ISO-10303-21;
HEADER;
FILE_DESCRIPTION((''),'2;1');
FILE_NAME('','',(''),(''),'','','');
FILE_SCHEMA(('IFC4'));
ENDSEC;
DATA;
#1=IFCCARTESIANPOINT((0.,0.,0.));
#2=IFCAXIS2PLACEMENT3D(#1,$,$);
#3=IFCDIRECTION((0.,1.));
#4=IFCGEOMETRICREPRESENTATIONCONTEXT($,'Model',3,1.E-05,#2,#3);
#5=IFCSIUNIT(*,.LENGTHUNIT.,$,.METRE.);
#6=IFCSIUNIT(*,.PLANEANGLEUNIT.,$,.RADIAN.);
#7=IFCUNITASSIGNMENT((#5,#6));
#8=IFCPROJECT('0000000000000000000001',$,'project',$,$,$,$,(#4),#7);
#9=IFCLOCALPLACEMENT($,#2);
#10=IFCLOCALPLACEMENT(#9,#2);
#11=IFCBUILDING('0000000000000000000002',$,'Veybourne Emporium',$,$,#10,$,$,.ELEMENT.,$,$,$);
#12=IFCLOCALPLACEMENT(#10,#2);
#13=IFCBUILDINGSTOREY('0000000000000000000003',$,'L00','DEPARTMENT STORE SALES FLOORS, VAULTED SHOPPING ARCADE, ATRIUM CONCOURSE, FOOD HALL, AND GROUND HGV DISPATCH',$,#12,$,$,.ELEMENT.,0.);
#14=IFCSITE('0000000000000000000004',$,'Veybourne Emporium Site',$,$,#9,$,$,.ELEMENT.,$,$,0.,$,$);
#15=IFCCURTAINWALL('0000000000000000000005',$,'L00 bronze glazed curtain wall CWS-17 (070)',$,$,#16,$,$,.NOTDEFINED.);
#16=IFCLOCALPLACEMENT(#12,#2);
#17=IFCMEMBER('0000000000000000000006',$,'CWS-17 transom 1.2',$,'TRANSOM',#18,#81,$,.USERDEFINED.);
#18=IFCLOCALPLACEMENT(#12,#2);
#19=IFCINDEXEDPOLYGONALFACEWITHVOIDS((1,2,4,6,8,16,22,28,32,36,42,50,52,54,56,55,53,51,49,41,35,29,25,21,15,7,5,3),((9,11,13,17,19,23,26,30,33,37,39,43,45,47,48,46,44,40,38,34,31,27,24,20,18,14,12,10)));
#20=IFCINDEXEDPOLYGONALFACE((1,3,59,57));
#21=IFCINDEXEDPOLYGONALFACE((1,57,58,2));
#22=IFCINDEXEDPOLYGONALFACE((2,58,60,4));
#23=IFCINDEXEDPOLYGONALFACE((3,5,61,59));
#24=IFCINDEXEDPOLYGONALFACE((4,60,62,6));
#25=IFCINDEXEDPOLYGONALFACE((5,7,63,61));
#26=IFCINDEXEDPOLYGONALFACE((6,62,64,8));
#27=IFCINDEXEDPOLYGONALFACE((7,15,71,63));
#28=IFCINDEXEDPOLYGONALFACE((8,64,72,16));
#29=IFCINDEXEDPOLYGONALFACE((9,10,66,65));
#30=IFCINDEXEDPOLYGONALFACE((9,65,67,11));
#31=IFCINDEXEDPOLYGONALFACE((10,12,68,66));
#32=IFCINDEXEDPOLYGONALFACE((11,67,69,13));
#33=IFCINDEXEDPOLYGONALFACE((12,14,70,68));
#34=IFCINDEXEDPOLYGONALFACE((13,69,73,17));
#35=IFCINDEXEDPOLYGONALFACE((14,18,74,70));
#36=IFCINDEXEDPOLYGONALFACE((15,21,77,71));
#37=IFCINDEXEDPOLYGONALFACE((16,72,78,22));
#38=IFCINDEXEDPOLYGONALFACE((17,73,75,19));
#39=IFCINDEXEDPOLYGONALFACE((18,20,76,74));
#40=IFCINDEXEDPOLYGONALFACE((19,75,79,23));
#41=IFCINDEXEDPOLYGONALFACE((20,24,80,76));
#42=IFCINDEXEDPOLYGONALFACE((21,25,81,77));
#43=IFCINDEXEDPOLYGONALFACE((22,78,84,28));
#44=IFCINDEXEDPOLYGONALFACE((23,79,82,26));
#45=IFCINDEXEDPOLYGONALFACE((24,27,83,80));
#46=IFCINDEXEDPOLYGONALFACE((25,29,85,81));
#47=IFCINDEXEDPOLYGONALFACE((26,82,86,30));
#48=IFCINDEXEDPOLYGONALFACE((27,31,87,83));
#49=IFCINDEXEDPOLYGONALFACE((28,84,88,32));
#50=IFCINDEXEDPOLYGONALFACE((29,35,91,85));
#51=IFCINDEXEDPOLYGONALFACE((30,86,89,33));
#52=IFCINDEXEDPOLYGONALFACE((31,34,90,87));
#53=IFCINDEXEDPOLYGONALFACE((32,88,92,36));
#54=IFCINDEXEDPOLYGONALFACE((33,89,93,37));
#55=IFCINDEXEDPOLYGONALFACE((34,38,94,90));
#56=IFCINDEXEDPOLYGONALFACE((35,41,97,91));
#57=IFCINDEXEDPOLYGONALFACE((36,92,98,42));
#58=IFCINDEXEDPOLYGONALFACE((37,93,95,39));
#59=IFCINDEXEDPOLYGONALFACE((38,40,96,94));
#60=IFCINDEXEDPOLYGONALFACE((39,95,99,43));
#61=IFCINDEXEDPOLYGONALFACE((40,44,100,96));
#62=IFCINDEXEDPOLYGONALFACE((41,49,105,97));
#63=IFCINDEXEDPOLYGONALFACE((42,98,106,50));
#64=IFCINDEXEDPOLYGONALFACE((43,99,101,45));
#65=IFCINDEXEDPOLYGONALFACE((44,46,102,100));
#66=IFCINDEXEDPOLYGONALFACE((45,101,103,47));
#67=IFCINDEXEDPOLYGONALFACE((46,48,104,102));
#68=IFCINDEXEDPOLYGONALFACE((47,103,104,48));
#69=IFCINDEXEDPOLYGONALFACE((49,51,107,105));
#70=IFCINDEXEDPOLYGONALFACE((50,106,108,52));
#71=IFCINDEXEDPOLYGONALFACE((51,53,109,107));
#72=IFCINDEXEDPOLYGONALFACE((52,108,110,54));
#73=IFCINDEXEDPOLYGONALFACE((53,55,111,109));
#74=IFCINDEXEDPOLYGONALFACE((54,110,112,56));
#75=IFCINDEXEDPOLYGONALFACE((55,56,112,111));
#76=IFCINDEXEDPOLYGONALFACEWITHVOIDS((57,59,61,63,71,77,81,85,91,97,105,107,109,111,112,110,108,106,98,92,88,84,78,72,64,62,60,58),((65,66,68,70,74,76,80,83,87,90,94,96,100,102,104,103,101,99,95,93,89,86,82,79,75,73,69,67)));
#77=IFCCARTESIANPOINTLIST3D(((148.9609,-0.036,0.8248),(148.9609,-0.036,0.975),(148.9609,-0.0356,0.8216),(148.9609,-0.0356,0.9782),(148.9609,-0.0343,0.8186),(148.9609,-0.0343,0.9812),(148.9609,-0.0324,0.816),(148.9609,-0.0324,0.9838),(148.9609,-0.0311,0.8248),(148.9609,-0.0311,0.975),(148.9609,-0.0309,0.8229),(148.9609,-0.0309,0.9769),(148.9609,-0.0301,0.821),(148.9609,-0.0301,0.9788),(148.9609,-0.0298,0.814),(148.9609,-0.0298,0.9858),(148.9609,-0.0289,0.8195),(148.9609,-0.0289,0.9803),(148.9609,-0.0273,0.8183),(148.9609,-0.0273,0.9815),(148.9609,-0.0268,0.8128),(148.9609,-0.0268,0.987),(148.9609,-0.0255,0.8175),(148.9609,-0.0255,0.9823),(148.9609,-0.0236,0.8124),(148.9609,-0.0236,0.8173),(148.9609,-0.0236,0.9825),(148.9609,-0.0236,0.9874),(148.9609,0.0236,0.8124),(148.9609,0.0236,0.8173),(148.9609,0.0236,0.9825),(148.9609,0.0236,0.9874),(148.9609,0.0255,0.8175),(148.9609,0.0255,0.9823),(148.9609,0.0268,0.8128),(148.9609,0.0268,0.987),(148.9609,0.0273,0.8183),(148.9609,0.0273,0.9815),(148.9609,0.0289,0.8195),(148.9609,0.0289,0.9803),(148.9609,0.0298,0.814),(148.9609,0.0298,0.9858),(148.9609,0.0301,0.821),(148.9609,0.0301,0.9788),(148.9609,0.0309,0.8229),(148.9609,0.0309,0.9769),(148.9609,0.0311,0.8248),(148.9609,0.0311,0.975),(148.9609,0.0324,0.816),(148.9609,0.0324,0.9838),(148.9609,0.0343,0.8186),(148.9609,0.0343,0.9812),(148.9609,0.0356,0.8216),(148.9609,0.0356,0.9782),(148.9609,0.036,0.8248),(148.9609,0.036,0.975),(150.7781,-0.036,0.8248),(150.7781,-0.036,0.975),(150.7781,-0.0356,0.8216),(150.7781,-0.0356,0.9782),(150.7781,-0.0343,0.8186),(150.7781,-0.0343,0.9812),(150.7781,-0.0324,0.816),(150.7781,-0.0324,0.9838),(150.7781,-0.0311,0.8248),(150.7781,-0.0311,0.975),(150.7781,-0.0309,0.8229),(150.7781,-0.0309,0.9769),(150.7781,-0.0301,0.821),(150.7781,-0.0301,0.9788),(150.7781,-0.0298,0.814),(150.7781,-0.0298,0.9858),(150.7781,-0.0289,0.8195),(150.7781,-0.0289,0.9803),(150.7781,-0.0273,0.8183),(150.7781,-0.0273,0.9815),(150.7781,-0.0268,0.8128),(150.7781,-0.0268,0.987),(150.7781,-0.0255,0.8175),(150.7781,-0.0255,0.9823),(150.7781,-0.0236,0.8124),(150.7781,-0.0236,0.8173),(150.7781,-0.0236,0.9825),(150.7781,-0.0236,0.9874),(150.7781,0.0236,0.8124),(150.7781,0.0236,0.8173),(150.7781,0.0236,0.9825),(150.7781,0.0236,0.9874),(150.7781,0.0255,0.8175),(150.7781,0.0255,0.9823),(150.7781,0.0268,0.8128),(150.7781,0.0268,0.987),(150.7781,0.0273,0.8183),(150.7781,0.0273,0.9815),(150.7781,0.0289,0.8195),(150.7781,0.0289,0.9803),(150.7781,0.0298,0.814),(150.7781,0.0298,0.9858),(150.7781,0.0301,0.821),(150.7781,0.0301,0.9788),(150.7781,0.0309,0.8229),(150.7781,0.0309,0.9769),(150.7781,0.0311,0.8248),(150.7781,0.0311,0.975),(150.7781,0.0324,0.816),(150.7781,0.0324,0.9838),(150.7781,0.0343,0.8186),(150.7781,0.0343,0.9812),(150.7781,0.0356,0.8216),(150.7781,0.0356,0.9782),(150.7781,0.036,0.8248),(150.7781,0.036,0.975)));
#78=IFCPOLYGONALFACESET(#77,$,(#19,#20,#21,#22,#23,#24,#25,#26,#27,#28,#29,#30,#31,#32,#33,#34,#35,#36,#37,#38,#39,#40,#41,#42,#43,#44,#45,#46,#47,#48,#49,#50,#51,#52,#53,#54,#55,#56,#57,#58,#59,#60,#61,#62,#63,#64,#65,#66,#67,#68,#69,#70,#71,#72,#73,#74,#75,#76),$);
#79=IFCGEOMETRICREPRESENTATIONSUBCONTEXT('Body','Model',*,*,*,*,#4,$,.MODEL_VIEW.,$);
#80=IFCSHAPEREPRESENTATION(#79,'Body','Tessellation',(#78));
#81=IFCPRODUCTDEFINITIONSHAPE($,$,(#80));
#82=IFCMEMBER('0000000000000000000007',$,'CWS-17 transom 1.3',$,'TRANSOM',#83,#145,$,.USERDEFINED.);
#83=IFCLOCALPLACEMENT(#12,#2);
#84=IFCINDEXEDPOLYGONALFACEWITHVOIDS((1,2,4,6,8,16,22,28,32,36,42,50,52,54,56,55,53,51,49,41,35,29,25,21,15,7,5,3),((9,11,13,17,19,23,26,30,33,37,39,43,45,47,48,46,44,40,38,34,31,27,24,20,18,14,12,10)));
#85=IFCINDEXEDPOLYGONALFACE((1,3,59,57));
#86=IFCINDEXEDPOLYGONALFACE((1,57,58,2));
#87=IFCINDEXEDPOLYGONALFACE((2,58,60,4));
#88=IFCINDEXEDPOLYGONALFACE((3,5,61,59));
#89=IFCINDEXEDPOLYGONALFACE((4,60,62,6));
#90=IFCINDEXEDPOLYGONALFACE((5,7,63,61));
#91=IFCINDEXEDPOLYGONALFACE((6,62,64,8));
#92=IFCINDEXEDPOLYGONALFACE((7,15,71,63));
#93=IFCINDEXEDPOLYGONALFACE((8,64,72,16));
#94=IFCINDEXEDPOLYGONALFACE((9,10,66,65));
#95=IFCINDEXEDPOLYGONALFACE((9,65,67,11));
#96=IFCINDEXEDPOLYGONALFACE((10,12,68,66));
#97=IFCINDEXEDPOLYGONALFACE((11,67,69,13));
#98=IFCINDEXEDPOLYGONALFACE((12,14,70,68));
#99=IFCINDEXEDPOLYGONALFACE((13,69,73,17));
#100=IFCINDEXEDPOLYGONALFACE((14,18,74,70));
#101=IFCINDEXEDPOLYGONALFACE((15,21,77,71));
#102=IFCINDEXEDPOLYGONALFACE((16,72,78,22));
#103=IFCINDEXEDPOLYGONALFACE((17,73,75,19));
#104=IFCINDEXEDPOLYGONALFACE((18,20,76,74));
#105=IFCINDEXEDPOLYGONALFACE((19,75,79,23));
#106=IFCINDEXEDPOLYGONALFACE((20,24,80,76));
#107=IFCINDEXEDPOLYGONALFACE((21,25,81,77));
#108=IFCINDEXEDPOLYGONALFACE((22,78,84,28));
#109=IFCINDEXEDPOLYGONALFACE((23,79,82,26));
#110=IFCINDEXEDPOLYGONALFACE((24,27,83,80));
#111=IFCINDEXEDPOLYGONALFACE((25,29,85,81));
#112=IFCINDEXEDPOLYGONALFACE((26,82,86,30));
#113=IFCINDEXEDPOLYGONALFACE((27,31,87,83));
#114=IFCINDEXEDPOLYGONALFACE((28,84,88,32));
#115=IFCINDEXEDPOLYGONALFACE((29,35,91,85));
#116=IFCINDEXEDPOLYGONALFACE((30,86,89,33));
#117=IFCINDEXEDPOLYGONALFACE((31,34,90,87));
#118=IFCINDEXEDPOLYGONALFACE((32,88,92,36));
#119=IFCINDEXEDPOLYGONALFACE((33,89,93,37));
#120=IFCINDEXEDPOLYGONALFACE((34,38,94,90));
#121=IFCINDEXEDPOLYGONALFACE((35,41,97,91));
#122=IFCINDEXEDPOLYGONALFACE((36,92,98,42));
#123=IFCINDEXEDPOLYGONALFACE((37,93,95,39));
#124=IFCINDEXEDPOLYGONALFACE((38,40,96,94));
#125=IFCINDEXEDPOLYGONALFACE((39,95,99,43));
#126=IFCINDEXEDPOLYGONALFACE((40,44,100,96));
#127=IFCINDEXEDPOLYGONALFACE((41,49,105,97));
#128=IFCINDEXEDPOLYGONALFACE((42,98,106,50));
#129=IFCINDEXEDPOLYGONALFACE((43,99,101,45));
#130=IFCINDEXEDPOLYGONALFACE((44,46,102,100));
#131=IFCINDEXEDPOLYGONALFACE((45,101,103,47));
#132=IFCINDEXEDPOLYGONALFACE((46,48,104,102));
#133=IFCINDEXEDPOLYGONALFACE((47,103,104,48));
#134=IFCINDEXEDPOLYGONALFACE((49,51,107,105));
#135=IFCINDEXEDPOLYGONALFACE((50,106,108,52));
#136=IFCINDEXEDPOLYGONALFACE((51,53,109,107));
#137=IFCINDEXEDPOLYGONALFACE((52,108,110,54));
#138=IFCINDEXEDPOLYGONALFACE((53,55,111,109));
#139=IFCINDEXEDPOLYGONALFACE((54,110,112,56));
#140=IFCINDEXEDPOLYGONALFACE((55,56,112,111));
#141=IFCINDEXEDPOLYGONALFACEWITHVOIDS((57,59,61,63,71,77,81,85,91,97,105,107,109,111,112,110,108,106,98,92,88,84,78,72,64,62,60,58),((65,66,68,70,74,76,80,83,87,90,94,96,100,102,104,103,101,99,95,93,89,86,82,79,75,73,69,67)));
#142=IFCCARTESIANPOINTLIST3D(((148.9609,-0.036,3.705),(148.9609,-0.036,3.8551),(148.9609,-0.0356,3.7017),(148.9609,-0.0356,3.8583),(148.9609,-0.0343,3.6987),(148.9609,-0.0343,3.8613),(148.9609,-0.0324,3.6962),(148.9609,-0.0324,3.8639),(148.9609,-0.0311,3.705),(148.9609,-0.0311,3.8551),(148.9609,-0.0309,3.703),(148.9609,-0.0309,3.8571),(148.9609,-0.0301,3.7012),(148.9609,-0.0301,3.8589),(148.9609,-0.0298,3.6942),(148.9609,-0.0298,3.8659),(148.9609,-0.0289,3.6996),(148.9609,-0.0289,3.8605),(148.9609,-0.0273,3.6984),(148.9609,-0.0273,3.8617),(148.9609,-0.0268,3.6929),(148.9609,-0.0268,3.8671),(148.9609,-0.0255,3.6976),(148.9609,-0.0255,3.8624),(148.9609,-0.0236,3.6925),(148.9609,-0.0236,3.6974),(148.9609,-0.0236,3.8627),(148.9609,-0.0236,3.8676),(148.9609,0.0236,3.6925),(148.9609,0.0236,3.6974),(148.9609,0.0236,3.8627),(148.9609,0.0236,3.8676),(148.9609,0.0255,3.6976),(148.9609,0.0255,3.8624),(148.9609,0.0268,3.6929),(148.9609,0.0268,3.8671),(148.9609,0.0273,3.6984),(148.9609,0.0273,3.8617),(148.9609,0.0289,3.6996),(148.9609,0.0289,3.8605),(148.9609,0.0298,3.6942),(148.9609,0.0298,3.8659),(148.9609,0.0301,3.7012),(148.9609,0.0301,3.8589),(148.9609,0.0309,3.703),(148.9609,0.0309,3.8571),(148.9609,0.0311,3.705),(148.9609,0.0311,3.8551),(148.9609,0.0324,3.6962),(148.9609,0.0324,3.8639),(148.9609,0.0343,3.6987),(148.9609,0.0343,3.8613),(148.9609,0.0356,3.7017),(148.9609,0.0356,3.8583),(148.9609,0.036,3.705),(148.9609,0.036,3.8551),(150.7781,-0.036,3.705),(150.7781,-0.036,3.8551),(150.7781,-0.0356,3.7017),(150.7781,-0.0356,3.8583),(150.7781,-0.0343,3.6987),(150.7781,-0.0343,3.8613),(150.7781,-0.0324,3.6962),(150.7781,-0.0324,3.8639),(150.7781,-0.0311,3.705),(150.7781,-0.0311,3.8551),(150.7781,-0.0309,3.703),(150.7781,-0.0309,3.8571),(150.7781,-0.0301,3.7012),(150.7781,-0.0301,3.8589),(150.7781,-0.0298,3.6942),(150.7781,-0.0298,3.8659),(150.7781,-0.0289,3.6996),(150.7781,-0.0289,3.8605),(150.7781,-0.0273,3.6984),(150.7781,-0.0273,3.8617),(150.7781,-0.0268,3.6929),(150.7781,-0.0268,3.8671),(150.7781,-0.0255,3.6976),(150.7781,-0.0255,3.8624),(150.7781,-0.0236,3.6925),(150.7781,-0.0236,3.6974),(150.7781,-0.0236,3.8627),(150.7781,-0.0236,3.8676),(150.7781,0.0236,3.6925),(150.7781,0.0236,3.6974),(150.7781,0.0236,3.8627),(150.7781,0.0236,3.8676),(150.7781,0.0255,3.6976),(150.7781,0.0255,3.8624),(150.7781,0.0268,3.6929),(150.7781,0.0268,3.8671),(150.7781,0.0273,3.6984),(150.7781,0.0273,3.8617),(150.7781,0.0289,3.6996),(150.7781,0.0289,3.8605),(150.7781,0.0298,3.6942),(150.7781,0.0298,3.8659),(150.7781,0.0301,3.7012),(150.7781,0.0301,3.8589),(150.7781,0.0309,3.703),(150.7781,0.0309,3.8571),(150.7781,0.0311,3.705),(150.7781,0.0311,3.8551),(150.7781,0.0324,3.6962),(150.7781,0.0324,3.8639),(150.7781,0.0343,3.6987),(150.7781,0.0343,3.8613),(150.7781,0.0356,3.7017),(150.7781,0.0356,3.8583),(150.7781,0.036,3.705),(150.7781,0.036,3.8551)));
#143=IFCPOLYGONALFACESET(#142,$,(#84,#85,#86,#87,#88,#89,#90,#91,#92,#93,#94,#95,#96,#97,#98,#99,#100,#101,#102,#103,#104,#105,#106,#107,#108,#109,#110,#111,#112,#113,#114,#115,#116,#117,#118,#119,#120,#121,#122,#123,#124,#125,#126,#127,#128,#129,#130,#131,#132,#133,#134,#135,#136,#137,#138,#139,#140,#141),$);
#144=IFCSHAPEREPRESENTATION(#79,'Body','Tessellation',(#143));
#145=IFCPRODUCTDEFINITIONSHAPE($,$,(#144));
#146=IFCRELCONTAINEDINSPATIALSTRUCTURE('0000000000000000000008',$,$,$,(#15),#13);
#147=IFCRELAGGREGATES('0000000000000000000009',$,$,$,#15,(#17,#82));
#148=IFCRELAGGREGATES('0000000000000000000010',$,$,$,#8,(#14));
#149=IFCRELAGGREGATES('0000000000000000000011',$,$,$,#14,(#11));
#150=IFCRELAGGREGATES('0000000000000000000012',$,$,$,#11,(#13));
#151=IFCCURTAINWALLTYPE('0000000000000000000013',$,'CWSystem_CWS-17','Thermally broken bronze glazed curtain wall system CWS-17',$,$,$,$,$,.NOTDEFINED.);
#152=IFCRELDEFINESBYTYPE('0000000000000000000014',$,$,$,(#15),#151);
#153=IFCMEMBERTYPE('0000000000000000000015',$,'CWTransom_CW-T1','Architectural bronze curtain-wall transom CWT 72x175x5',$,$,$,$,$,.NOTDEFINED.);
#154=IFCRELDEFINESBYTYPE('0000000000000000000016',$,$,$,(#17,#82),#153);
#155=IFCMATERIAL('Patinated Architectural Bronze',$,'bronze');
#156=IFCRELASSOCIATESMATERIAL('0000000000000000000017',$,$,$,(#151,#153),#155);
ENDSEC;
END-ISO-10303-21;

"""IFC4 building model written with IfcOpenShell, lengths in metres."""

from ifc_helpers import new_model, si_unit, direction, frame, origin, origin_2d, place, context, subcontext, project, spatial, hollow_rectangle, extrude, material, material_profile, profile_set, type_object, element, aggregate, save


model = new_model("IFC4")

# Units and contexts
model_context = context("Model", 3, precision=1e-05, world=origin(), true_north=direction((0.0, 1.0)))
body_context = subcontext(model_context, "Body", "Model", "MODEL_VIEW")
ifc_project = project(units=[si_unit("LENGTHUNIT", "METRE"), si_unit("PLANEANGLEUNIT", "RADIAN")], contexts=[model_context])

# Site, building, storey
site_placement = place(None, origin())
site = spatial("IfcSite", under=ifc_project, at=site_placement, Name="Veybourne Emporium Site", CompositionType="ELEMENT", RefElevation=0.0)
building_placement = place(site_placement, origin())
building = spatial("IfcBuilding", under=site, at=building_placement, Name="Veybourne Emporium", CompositionType="ELEMENT")
storey_placement = place(building_placement, origin())
storey = spatial("IfcBuildingStorey", under=building, at=storey_placement, Name="L00", Description="DEPARTMENT STORE SALES FLOORS, VAULTED SHOPPING ARCADE, ATRIUM CONCOURSE, FOOD HALL, AND GROUND HGV DISPATCH", CompositionType="ELEMENT", Elevation=0.0)

# Curtain wall
ifc_material_1 = material(Name="Patinated Architectural Bronze", Category="bronze")
curtain_wall_type_1 = type_object("IfcCurtainWallType", Name="CWSystem_CWS-17", Description="Thermally broken bronze glazed curtain wall system CWS-17", PredefinedType="NOTDEFINED", material=ifc_material_1)
curtain_wall_1_placement = place(storey_placement, origin())
curtain_wall_1 = element("IfcCurtainWall", 1, at=curtain_wall_1_placement, inside=storey, type_object=curtain_wall_type_1, Name="L00 bronze glazed curtain wall CWS-17 (070)", PredefinedType="NOTDEFINED")

# Members
ifc_material_profile_1 = material_profile(ifc_material_1, hollow_rectangle(XDim=0.072, YDim=0.175, WallThickness=0.0049, InnerFilletRadius=0.0076, OuterFilletRadius=0.0125, at=origin_2d()), Name="CWT 72x175x5")
ifc_profile_set_1 = profile_set([ifc_material_profile_1], Name="Patinated Architectural Bronze")
member_type_1 = type_object("IfcMemberType", Name="CWTransom_CW-T1", Description="Architectural bronze curtain-wall transom CWT 72x175x5", PredefinedType="NOTDEFINED", material=ifc_profile_set_1)
member_1_placement = place(storey_placement, frame((150.7781, 0.0, 0.8999), z_axis=(-1.0, 0.0, 0.0), x_axis=(0.0, -1.0, 0.0)))
member_1 = element("IfcMember", 2, at=member_1_placement, type_object=member_type_1, Name="CWS-17 transom 1.2", ObjectType="TRANSOM", PredefinedType="USERDEFINED", context=body_context, shape_type="SweptSolid", body=[
    extrude(hollow_rectangle(XDim=0.072, YDim=0.175, WallThickness=0.0049, InnerFilletRadius=0.0076, OuterFilletRadius=0.0125, at=origin_2d()), origin(), (0.0, 0.0, 1.0), 1.8171),
])
member_2_placement = place(storey_placement, frame((150.7781, 0.0, 3.78), z_axis=(-1.0, 0.0, 0.0), x_axis=(0.0, -1.0, 0.0)))
member_2 = element("IfcMember", 3, at=member_2_placement, type_object=member_type_1, Name="CWS-17 transom 1.3", ObjectType="TRANSOM", PredefinedType="USERDEFINED", context=body_context, shape_type="SweptSolid", body=[
    extrude(hollow_rectangle(XDim=0.072, YDim=0.175, WallThickness=0.0049, InnerFilletRadius=0.0076, OuterFilletRadius=0.0125, at=origin_2d()), origin(), (0.0, 0.0, 1.0), 1.8171),
])

aggregate(curtain_wall_1, [member_1, member_2])

save(model, "model.ifc")
